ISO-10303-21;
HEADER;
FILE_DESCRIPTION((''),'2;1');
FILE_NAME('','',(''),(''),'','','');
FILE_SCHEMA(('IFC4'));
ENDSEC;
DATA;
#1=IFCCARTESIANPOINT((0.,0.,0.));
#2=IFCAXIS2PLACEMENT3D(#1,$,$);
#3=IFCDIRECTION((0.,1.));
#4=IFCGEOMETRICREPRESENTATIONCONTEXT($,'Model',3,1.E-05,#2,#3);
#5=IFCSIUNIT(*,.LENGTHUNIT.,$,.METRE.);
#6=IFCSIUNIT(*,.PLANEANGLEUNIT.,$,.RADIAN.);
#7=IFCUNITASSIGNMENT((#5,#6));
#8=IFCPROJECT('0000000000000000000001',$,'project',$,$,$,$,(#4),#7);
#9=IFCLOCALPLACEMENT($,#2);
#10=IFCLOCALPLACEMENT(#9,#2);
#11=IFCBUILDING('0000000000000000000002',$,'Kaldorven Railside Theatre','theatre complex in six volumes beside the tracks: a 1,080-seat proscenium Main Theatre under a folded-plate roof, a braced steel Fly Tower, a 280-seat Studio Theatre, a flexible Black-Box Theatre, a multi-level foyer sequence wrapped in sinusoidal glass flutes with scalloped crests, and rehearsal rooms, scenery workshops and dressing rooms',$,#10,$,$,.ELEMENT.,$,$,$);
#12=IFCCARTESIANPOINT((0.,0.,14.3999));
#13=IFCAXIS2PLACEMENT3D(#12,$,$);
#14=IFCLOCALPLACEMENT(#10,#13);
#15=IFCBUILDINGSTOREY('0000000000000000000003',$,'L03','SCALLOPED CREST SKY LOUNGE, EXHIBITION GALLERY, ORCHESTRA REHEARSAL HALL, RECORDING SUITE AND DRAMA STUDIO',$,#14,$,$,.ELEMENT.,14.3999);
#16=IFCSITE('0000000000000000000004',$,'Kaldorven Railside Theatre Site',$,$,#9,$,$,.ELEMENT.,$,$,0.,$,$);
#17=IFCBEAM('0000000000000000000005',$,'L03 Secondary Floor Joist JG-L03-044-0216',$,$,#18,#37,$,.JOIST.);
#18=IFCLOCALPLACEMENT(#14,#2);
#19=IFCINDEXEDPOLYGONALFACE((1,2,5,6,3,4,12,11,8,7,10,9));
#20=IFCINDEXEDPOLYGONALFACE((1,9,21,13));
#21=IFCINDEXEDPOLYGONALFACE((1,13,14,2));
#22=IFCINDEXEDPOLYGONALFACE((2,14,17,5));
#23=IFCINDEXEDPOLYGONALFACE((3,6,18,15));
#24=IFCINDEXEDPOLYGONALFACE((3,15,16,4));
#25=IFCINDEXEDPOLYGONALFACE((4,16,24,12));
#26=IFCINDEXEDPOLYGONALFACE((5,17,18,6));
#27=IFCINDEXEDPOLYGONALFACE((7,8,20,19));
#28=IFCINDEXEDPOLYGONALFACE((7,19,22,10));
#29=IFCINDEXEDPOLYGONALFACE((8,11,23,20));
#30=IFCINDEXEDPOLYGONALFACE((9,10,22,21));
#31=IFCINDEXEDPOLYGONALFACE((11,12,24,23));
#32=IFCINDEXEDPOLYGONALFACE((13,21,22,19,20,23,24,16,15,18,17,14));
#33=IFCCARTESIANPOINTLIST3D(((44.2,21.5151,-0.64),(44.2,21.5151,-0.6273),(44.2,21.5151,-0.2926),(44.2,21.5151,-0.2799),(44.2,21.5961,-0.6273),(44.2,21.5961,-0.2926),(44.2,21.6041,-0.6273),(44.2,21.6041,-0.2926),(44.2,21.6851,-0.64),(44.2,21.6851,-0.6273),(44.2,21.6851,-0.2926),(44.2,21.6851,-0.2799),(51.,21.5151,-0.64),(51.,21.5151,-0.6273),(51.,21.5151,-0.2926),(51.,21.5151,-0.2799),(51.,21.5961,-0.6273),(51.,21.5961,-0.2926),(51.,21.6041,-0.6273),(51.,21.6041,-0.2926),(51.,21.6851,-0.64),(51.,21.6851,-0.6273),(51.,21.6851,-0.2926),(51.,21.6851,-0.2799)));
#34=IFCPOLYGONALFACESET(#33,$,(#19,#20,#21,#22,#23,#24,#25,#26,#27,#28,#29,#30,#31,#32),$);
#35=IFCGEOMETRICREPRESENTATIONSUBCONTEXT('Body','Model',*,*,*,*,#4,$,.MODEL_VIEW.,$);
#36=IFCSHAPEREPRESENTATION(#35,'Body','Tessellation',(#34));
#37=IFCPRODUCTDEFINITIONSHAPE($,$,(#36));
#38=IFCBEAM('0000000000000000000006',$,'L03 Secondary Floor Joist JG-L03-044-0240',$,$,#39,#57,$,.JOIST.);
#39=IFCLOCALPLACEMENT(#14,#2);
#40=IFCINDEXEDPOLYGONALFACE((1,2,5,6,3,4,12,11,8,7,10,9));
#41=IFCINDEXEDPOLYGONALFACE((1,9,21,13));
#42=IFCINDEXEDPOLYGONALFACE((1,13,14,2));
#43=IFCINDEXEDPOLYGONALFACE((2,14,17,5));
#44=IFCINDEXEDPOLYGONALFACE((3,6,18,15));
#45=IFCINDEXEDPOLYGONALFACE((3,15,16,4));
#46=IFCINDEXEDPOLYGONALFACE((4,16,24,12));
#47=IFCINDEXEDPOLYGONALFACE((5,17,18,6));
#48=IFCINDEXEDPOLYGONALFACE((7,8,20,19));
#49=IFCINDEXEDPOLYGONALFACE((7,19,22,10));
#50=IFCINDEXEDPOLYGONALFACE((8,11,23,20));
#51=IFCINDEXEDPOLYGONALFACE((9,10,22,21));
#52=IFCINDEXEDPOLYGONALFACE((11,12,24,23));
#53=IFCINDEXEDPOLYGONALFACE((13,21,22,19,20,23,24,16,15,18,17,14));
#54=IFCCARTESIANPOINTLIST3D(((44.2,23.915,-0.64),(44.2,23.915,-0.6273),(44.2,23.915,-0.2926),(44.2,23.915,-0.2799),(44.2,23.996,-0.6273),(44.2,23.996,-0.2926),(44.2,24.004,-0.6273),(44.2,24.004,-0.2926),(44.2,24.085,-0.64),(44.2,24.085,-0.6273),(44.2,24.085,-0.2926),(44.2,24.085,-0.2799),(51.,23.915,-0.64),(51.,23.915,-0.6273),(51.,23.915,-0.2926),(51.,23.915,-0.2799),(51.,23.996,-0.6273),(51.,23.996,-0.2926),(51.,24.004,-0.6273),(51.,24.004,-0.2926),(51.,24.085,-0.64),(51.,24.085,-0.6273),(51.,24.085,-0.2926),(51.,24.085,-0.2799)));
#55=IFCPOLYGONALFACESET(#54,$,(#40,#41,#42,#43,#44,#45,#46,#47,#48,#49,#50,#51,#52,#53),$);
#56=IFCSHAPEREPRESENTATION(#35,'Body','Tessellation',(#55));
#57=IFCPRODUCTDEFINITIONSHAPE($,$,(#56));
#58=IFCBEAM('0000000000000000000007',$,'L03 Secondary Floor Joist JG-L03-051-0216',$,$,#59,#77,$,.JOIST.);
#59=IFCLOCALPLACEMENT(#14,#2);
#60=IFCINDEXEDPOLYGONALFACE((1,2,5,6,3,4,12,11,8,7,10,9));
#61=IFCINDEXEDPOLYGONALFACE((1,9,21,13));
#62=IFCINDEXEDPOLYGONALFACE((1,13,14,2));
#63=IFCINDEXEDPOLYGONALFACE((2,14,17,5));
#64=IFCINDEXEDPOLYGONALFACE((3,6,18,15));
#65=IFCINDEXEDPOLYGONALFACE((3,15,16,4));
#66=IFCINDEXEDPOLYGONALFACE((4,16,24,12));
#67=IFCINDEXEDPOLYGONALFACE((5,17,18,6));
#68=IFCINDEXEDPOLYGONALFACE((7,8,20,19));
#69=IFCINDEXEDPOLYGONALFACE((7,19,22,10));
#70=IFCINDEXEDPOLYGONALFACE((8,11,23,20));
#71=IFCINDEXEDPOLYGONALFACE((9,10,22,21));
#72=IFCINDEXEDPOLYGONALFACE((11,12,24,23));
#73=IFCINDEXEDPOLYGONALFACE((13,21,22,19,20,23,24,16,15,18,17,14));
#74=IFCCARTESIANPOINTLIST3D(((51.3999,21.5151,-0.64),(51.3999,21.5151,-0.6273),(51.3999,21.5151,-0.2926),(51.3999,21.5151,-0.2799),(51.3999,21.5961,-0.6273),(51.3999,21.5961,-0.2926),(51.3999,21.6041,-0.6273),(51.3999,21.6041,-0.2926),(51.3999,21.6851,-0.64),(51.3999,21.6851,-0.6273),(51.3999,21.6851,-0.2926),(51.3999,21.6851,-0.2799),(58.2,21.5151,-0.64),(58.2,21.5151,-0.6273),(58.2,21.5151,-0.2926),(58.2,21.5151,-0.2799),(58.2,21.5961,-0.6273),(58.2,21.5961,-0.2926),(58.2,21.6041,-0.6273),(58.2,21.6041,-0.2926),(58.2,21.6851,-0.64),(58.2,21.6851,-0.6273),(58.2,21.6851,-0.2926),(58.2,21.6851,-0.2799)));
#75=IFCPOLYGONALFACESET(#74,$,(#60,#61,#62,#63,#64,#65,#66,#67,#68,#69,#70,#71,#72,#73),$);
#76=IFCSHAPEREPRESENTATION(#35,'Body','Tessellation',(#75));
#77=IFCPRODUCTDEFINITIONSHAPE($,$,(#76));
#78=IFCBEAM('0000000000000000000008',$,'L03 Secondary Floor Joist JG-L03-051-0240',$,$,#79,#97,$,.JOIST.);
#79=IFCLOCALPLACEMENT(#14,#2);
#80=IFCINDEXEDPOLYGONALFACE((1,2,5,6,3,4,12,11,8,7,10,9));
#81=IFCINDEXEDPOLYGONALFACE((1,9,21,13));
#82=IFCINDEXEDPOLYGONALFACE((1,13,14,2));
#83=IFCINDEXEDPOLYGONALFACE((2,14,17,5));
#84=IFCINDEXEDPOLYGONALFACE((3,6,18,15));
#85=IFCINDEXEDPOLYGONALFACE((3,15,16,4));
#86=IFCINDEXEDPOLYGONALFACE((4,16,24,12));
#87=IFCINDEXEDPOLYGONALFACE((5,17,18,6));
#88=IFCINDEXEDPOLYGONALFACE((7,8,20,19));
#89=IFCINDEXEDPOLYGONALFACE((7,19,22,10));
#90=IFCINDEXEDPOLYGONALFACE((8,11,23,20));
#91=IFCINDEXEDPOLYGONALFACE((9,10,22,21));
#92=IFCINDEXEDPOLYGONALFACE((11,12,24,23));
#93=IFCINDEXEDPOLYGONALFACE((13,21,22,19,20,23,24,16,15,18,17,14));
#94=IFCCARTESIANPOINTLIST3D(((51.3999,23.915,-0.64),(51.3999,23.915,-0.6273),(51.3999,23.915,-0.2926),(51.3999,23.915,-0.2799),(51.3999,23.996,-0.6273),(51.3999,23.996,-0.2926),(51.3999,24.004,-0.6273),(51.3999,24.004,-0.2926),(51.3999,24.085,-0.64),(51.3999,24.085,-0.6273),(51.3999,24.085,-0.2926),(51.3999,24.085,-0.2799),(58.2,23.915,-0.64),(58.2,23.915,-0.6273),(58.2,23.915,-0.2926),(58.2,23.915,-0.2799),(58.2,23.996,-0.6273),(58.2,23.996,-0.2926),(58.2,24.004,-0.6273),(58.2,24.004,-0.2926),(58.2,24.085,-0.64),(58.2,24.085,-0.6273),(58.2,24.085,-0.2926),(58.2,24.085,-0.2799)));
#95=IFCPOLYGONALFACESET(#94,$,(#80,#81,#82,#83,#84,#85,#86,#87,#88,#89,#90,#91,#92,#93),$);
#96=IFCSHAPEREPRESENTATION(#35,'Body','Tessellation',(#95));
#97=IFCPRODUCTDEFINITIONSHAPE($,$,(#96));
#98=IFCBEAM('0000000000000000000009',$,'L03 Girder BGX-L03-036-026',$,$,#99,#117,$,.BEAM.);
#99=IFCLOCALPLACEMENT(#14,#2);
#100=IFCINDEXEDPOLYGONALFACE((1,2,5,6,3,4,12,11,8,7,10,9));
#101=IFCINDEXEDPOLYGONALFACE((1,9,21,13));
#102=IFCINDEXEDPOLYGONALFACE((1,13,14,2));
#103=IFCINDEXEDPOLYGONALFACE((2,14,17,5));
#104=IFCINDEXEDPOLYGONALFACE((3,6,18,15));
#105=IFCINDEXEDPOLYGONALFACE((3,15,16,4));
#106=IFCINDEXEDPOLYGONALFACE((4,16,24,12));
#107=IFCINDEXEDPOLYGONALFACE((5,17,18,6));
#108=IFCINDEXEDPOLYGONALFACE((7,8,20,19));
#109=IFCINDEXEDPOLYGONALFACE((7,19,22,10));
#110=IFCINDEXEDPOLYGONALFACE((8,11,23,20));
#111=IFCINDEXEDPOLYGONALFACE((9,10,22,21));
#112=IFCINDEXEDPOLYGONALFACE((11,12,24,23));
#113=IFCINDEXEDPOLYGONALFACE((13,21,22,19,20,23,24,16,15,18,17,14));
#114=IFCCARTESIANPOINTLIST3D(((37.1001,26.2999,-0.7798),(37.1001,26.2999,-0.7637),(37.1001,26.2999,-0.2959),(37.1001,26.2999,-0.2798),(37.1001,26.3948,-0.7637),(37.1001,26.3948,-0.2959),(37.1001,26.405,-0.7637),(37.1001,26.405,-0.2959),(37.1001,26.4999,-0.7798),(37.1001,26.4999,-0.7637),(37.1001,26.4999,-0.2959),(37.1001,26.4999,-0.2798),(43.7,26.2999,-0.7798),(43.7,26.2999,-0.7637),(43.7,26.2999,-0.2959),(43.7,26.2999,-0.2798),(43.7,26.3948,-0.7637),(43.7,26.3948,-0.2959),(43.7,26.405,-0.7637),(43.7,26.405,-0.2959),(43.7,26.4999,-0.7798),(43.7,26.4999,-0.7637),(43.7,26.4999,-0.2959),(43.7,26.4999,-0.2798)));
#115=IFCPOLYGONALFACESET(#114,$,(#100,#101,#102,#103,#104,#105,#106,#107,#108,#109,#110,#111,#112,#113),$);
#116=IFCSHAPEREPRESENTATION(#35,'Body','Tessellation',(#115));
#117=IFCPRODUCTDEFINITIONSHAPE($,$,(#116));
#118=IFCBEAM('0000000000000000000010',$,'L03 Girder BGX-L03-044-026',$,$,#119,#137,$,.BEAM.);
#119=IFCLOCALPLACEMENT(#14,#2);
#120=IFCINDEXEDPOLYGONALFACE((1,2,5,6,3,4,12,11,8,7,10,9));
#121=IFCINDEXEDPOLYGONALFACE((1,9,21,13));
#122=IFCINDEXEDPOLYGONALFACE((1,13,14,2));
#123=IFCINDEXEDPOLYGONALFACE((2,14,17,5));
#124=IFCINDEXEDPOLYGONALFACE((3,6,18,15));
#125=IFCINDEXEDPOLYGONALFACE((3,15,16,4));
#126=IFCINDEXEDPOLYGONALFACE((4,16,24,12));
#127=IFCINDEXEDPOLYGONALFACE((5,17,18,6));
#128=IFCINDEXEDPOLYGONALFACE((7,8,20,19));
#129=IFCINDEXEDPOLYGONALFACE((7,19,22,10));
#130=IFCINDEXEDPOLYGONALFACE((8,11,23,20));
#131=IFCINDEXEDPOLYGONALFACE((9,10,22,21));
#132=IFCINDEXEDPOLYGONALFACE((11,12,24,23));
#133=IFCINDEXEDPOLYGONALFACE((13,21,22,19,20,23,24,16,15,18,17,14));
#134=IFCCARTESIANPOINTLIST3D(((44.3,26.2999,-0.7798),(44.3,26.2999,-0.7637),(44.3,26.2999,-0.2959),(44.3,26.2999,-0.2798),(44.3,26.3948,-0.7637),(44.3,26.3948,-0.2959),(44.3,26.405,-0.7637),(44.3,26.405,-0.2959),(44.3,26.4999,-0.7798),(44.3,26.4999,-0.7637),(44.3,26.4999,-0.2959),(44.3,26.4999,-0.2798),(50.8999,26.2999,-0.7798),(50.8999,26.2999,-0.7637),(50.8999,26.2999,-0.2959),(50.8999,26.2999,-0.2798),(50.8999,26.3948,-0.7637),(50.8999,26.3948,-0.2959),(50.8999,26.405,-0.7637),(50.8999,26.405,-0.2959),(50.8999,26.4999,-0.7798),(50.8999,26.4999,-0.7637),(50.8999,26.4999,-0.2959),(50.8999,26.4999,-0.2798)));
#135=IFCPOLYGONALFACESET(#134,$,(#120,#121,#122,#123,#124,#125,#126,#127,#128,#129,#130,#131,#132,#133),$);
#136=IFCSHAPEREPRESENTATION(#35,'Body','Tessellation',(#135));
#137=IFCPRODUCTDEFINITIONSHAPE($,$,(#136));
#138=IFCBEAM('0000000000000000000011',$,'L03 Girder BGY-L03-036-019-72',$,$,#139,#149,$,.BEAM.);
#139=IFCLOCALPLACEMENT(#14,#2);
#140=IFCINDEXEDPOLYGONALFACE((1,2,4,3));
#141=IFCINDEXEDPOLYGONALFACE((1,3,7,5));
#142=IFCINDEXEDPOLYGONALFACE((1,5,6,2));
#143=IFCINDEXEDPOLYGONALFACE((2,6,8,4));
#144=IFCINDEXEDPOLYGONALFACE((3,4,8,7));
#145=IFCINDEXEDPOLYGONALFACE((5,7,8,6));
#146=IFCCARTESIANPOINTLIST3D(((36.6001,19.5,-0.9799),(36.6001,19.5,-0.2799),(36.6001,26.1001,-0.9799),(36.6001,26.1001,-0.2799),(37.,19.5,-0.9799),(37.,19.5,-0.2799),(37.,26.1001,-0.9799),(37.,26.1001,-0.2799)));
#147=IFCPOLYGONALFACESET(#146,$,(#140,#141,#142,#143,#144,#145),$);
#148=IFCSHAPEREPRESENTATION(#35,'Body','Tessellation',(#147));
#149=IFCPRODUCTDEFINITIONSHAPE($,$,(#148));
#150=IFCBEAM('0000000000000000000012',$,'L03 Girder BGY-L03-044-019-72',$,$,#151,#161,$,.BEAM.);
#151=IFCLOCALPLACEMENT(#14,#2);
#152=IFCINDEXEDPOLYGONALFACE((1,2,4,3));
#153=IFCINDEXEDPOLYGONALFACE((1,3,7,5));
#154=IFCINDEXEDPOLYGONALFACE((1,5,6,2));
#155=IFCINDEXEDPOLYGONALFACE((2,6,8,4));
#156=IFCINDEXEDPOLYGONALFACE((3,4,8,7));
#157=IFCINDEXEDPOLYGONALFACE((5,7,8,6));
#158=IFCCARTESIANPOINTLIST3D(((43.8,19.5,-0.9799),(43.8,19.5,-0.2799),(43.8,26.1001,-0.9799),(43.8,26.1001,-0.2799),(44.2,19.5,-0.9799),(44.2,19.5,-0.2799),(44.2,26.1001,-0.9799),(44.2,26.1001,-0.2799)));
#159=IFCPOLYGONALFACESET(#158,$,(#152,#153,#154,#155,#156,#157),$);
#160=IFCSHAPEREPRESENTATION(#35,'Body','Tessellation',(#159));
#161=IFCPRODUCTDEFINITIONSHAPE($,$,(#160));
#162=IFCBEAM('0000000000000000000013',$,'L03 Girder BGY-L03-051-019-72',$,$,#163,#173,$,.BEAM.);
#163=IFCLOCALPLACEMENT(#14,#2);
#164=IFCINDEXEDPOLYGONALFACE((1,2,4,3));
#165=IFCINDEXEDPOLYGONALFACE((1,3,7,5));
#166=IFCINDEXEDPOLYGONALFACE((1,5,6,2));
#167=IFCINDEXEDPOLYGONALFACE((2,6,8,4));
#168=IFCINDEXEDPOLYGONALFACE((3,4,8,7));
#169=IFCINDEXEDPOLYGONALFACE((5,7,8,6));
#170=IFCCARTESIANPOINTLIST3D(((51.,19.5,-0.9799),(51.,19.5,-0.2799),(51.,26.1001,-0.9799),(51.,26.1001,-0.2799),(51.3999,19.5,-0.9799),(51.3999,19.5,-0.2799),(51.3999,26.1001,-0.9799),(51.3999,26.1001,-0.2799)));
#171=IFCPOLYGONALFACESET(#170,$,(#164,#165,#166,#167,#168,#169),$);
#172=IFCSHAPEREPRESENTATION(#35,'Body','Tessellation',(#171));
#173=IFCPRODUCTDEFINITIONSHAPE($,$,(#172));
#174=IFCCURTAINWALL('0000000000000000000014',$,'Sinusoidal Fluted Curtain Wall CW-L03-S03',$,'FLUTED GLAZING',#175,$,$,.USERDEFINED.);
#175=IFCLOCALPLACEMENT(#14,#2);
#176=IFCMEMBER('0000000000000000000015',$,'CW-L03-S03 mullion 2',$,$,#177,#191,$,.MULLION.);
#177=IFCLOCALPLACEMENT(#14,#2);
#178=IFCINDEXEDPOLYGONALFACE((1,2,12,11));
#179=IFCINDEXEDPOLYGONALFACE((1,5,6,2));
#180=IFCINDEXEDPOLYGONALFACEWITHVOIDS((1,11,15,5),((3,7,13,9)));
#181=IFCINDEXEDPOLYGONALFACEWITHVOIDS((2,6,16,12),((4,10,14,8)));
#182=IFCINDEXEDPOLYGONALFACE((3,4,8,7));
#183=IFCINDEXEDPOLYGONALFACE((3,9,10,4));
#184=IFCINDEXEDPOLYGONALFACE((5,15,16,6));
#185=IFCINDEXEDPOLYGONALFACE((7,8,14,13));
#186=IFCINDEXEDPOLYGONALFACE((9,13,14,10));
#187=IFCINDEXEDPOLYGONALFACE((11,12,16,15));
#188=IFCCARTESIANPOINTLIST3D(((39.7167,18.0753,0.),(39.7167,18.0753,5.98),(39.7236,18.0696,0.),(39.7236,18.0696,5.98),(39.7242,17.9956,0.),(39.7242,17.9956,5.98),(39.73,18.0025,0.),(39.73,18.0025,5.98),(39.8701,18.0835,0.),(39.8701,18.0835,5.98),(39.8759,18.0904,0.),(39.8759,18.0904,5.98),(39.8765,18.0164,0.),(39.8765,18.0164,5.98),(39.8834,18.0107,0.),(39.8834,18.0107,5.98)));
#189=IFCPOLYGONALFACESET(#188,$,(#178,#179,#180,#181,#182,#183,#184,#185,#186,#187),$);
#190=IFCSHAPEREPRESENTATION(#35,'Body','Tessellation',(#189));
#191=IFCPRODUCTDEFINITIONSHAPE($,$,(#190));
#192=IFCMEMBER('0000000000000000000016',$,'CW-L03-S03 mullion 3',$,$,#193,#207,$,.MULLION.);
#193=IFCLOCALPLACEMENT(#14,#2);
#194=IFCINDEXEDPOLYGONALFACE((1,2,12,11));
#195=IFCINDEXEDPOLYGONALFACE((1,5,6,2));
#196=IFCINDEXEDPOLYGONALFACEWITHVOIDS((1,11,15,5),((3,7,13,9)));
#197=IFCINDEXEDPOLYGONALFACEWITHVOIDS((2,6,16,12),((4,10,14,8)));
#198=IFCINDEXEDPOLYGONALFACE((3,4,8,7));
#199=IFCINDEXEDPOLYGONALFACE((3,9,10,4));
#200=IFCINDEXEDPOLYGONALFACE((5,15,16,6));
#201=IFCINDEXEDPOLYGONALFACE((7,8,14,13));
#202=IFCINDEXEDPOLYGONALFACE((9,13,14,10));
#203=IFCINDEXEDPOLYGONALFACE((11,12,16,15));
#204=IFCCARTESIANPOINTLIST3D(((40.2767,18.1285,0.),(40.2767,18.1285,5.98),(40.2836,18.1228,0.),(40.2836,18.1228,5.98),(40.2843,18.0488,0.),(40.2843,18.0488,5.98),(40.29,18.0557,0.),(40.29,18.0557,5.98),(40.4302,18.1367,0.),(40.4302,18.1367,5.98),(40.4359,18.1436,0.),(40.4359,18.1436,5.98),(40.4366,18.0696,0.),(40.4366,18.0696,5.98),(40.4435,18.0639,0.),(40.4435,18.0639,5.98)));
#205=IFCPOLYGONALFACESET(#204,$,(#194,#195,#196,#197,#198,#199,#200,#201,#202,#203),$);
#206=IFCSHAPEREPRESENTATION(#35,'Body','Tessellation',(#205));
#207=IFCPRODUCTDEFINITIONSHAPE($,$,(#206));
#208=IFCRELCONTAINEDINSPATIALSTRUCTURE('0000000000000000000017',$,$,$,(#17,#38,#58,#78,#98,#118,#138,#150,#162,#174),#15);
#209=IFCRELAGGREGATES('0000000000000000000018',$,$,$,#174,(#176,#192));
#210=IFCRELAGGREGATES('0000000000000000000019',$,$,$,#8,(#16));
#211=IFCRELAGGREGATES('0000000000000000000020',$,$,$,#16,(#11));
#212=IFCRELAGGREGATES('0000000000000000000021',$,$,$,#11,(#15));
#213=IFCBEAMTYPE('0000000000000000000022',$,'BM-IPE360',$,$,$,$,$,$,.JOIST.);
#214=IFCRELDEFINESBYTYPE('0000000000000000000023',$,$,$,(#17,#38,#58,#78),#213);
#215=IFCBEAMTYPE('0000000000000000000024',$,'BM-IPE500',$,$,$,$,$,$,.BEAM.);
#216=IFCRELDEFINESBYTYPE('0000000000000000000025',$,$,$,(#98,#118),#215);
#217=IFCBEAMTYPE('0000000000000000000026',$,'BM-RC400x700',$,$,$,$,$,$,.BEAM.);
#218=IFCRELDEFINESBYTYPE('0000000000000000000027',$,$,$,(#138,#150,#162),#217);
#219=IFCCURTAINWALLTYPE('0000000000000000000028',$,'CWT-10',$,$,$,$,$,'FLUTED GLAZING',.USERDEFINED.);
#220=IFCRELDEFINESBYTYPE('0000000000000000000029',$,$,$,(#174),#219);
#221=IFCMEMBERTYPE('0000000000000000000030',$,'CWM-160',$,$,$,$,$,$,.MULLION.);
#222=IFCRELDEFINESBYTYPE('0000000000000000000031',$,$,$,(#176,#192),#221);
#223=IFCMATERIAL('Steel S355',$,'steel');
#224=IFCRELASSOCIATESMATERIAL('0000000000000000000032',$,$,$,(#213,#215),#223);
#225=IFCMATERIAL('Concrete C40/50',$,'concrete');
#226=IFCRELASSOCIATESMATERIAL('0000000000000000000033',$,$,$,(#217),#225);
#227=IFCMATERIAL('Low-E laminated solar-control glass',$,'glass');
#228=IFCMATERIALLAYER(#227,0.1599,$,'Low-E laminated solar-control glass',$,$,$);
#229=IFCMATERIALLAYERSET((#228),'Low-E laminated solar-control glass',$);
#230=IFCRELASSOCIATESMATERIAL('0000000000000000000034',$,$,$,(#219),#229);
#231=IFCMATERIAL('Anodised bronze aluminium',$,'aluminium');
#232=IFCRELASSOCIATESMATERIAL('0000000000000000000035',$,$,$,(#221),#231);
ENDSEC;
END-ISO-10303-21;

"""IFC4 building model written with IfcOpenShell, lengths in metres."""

from ifc_helpers import new_model, si_unit, direction, frame, origin, origin_2d, place, context, subcontext, project, spatial, rectangle, hollow_rectangle, i_section, extrude, material, layer, layer_set, material_profile, profile_set, type_object, element, aggregate, save


model = new_model("IFC4")

# Units and contexts
model_context = context("Model", 3, precision=1e-05, world=origin(), true_north=direction((0.0, 1.0)))
body_context = subcontext(model_context, "Body", "Model", "MODEL_VIEW")
ifc_project = project(units=[si_unit("LENGTHUNIT", "METRE"), si_unit("PLANEANGLEUNIT", "RADIAN")], contexts=[model_context])

# Site, building, storey
site_placement = place(None, origin())
site = spatial("IfcSite", under=ifc_project, at=site_placement, Name="Kaldorven Railside Theatre Site", CompositionType="ELEMENT", RefElevation=0.0)
building_placement = place(site_placement, origin())
building = spatial("IfcBuilding", under=site, at=building_placement, Name="Kaldorven Railside Theatre", Description="theatre complex in six volumes beside the tracks: a 1,080-seat proscenium Main Theatre under a folded-plate roof, a braced steel Fly Tower, a 280-seat Studio Theatre, a flexible Black-Box Theatre, a multi-level foyer sequence wrapped in sinusoidal glass flutes with scalloped crests, and rehearsal rooms, scenery workshops and dressing rooms", CompositionType="ELEMENT")
storey_placement = place(building_placement, frame((0.0, 0.0, 14.3999)))
storey = spatial("IfcBuildingStorey", under=building, at=storey_placement, Name="L03", Description="SCALLOPED CREST SKY LOUNGE, EXHIBITION GALLERY, ORCHESTRA REHEARSAL HALL, RECORDING SUITE AND DRAMA STUDIO", CompositionType="ELEMENT", Elevation=14.3999)

# Shared definitions
ifc_material_1 = material(Name="Concrete C40/50", Category="concrete")

# Beams
ifc_material_2 = material(Name="Steel S355", Category="steel")
ifc_material_profile_1 = material_profile(ifc_material_2, i_section(OverallWidth=0.1699, OverallDepth=0.3601, WebThickness=0.0081, FlangeThickness=0.0127, at=origin_2d()), Name="IPE 360")
ifc_profile_set_1 = profile_set([ifc_material_profile_1], Name="Steel S355")
beam_type_1 = type_object("IfcBeamType", Name="BM-IPE360", PredefinedType="JOIST", material=ifc_profile_set_1)
for number, where, z_axis, x_axis, name in (
    (1, (44.2, 21.6001, -0.46), (1.0, 0.0, 0.0), (0.0, 1.0, 0.0), "L03 Secondary Floor Joist JG-L03-044-0216"),
    (2, (44.2, 24.0, -0.46), (1.0, 0.0, 0.0), (0.0, 1.0, 0.0), "L03 Secondary Floor Joist JG-L03-044-0240"),
    (3, (51.3999, 21.6001, -0.46), (1.0, 0.0, 0.0), (0.0, 1.0, 0.0), "L03 Secondary Floor Joist JG-L03-051-0216"),
    (4, (51.3999, 24.0, -0.46), (1.0, 0.0, 0.0), (0.0, 1.0, 0.0), "L03 Secondary Floor Joist JG-L03-051-0240"),
):
    element("IfcBeam", number, at=place(storey_placement, frame(where, z_axis=z_axis, x_axis=x_axis)), inside=storey, type_object=beam_type_1, Name=name, PredefinedType="JOIST", context=body_context, shape_type="SweptSolid", body=[
        extrude(i_section(OverallWidth=0.1699, OverallDepth=0.3601, WebThickness=0.0081, FlangeThickness=0.0127, at=origin_2d()), origin(), (0.0, 0.0, 1.0), 6.8),
    ])
ifc_material_profile_2 = material_profile(ifc_material_2, i_section(OverallWidth=0.2, OverallDepth=0.5, WebThickness=0.0103, FlangeThickness=0.0161, at=origin_2d()), Name="IPE 500")
ifc_profile_set_2 = profile_set([ifc_material_profile_2], Name="Steel S355")
beam_type_2 = type_object("IfcBeamType", Name="BM-IPE500", PredefinedType="BEAM", material=ifc_profile_set_2)
for number, where, z_axis, x_axis, name in (
    (5, (37.1001, 26.3999, -0.5298), (1.0, 0.0, 0.0), (0.0, 1.0, 0.0), "L03 Girder BGX-L03-036-026"),
    (6, (44.3, 26.3999, -0.5298), (1.0, 0.0, 0.0), (0.0, 1.0, 0.0), "L03 Girder BGX-L03-044-026"),
):
    element("IfcBeam", number, at=place(storey_placement, frame(where, z_axis=z_axis, x_axis=x_axis)), inside=storey, type_object=beam_type_2, Name=name, PredefinedType="BEAM", context=body_context, shape_type="SweptSolid", body=[
        extrude(i_section(OverallWidth=0.2, OverallDepth=0.5, WebThickness=0.0103, FlangeThickness=0.0161, at=origin_2d()), origin(), (0.0, 0.0, 1.0), 6.5999),
    ])
ifc_material_profile_3 = material_profile(ifc_material_1, rectangle(XDim=0.3999, YDim=0.7, at=origin_2d()), Name="RC 400x700")
ifc_profile_set_3 = profile_set([ifc_material_profile_3], Name="Concrete C40/50")
beam_type_3 = type_object("IfcBeamType", Name="BM-RC400x700", PredefinedType="BEAM", material=ifc_profile_set_3)
for number, where, z_axis, x_axis, name in (
    (7, (36.8, 19.5, -0.6299), (0.0, 1.0, 0.0), (-1.0, 0.0, 0.0), "L03 Girder BGY-L03-036-019-72"),
    (8, (44.0, 19.5, -0.6299), (0.0, 1.0, 0.0), (-1.0, 0.0, 0.0), "L03 Girder BGY-L03-044-019-72"),
    (9, (51.2, 19.5, -0.6299), (0.0, 1.0, 0.0), (-1.0, 0.0, 0.0), "L03 Girder BGY-L03-051-019-72"),
):
    element("IfcBeam", number, at=place(storey_placement, frame(where, z_axis=z_axis, x_axis=x_axis)), inside=storey, type_object=beam_type_3, Name=name, PredefinedType="BEAM", context=body_context, shape_type="SweptSolid", body=[
        extrude(rectangle(XDim=0.3999, YDim=0.7, at=origin_2d()), origin(), (0.0, 0.0, 1.0), 6.6001),
    ])

# Curtain wall, members
ifc_material_3 = material(Name="Low-E laminated solar-control glass", Category="glass")
ifc_layer_1 = layer(ifc_material_3, 0.1599, Name="Low-E laminated solar-control glass")
ifc_layer_set_1 = layer_set([ifc_layer_1], Name="Low-E laminated solar-control glass")
curtain_wall_type = type_object("IfcCurtainWallType", Name="CWT-10", ElementType="FLUTED GLAZING", PredefinedType="USERDEFINED", material=ifc_layer_set_1)
curtain_wall_1_placement = place(storey_placement, origin())
curtain_wall_1 = element("IfcCurtainWall", 10, at=curtain_wall_1_placement, inside=storey, type_object=curtain_wall_type, Name="Sinusoidal Fluted Curtain Wall CW-L03-S03", ObjectType="FLUTED GLAZING", PredefinedType="USERDEFINED")
ifc_material_4 = material(Name="Anodised bronze aluminium", Category="aluminium")
ifc_material_profile_4 = material_profile(ifc_material_4, hollow_rectangle(XDim=0.0801, YDim=0.1599, WallThickness=0.0063, at=origin_2d()), Name="RHS 160x80x6.3")
ifc_profile_set_4 = profile_set([ifc_material_profile_4], Name="Anodised bronze aluminium")
member_type_1 = type_object("IfcMemberType", Name="CWM-160", PredefinedType="MULLION", material=ifc_profile_set_4)
member_1_placement = place(storey_placement, frame((39.8, 18.043, 0.0), z_axis=(0.0, 0.0, 1.0), x_axis=(-0.094492, 0.995526, 0.0)))
member_1 = element("IfcMember", 11, at=member_1_placement, type_object=member_type_1, Name="CW-L03-S03 mullion 2", PredefinedType="MULLION", context=body_context, shape_type="SweptSolid", body=[
    extrude(hollow_rectangle(XDim=0.0801, YDim=0.1599, WallThickness=0.0063, at=origin_2d()), origin(), (0.0, 0.0, 1.0), 5.98),
])
member_2_placement = place(storey_placement, frame((40.3601, 18.0962, 0.0), z_axis=(0.0, 0.0, 1.0), x_axis=(-0.094492, 0.995526, 0.0)))
member_2 = element("IfcMember", 12, at=member_2_placement, type_object=member_type_1, Name="CW-L03-S03 mullion 3", PredefinedType="MULLION", context=body_context, shape_type="SweptSolid", body=[
    extrude(hollow_rectangle(XDim=0.0801, YDim=0.1599, WallThickness=0.0063, at=origin_2d()), origin(), (0.0, 0.0, 1.0), 5.98),
])

aggregate(curtain_wall_1, [member_1, member_2])

save(model, "model.ifc")
